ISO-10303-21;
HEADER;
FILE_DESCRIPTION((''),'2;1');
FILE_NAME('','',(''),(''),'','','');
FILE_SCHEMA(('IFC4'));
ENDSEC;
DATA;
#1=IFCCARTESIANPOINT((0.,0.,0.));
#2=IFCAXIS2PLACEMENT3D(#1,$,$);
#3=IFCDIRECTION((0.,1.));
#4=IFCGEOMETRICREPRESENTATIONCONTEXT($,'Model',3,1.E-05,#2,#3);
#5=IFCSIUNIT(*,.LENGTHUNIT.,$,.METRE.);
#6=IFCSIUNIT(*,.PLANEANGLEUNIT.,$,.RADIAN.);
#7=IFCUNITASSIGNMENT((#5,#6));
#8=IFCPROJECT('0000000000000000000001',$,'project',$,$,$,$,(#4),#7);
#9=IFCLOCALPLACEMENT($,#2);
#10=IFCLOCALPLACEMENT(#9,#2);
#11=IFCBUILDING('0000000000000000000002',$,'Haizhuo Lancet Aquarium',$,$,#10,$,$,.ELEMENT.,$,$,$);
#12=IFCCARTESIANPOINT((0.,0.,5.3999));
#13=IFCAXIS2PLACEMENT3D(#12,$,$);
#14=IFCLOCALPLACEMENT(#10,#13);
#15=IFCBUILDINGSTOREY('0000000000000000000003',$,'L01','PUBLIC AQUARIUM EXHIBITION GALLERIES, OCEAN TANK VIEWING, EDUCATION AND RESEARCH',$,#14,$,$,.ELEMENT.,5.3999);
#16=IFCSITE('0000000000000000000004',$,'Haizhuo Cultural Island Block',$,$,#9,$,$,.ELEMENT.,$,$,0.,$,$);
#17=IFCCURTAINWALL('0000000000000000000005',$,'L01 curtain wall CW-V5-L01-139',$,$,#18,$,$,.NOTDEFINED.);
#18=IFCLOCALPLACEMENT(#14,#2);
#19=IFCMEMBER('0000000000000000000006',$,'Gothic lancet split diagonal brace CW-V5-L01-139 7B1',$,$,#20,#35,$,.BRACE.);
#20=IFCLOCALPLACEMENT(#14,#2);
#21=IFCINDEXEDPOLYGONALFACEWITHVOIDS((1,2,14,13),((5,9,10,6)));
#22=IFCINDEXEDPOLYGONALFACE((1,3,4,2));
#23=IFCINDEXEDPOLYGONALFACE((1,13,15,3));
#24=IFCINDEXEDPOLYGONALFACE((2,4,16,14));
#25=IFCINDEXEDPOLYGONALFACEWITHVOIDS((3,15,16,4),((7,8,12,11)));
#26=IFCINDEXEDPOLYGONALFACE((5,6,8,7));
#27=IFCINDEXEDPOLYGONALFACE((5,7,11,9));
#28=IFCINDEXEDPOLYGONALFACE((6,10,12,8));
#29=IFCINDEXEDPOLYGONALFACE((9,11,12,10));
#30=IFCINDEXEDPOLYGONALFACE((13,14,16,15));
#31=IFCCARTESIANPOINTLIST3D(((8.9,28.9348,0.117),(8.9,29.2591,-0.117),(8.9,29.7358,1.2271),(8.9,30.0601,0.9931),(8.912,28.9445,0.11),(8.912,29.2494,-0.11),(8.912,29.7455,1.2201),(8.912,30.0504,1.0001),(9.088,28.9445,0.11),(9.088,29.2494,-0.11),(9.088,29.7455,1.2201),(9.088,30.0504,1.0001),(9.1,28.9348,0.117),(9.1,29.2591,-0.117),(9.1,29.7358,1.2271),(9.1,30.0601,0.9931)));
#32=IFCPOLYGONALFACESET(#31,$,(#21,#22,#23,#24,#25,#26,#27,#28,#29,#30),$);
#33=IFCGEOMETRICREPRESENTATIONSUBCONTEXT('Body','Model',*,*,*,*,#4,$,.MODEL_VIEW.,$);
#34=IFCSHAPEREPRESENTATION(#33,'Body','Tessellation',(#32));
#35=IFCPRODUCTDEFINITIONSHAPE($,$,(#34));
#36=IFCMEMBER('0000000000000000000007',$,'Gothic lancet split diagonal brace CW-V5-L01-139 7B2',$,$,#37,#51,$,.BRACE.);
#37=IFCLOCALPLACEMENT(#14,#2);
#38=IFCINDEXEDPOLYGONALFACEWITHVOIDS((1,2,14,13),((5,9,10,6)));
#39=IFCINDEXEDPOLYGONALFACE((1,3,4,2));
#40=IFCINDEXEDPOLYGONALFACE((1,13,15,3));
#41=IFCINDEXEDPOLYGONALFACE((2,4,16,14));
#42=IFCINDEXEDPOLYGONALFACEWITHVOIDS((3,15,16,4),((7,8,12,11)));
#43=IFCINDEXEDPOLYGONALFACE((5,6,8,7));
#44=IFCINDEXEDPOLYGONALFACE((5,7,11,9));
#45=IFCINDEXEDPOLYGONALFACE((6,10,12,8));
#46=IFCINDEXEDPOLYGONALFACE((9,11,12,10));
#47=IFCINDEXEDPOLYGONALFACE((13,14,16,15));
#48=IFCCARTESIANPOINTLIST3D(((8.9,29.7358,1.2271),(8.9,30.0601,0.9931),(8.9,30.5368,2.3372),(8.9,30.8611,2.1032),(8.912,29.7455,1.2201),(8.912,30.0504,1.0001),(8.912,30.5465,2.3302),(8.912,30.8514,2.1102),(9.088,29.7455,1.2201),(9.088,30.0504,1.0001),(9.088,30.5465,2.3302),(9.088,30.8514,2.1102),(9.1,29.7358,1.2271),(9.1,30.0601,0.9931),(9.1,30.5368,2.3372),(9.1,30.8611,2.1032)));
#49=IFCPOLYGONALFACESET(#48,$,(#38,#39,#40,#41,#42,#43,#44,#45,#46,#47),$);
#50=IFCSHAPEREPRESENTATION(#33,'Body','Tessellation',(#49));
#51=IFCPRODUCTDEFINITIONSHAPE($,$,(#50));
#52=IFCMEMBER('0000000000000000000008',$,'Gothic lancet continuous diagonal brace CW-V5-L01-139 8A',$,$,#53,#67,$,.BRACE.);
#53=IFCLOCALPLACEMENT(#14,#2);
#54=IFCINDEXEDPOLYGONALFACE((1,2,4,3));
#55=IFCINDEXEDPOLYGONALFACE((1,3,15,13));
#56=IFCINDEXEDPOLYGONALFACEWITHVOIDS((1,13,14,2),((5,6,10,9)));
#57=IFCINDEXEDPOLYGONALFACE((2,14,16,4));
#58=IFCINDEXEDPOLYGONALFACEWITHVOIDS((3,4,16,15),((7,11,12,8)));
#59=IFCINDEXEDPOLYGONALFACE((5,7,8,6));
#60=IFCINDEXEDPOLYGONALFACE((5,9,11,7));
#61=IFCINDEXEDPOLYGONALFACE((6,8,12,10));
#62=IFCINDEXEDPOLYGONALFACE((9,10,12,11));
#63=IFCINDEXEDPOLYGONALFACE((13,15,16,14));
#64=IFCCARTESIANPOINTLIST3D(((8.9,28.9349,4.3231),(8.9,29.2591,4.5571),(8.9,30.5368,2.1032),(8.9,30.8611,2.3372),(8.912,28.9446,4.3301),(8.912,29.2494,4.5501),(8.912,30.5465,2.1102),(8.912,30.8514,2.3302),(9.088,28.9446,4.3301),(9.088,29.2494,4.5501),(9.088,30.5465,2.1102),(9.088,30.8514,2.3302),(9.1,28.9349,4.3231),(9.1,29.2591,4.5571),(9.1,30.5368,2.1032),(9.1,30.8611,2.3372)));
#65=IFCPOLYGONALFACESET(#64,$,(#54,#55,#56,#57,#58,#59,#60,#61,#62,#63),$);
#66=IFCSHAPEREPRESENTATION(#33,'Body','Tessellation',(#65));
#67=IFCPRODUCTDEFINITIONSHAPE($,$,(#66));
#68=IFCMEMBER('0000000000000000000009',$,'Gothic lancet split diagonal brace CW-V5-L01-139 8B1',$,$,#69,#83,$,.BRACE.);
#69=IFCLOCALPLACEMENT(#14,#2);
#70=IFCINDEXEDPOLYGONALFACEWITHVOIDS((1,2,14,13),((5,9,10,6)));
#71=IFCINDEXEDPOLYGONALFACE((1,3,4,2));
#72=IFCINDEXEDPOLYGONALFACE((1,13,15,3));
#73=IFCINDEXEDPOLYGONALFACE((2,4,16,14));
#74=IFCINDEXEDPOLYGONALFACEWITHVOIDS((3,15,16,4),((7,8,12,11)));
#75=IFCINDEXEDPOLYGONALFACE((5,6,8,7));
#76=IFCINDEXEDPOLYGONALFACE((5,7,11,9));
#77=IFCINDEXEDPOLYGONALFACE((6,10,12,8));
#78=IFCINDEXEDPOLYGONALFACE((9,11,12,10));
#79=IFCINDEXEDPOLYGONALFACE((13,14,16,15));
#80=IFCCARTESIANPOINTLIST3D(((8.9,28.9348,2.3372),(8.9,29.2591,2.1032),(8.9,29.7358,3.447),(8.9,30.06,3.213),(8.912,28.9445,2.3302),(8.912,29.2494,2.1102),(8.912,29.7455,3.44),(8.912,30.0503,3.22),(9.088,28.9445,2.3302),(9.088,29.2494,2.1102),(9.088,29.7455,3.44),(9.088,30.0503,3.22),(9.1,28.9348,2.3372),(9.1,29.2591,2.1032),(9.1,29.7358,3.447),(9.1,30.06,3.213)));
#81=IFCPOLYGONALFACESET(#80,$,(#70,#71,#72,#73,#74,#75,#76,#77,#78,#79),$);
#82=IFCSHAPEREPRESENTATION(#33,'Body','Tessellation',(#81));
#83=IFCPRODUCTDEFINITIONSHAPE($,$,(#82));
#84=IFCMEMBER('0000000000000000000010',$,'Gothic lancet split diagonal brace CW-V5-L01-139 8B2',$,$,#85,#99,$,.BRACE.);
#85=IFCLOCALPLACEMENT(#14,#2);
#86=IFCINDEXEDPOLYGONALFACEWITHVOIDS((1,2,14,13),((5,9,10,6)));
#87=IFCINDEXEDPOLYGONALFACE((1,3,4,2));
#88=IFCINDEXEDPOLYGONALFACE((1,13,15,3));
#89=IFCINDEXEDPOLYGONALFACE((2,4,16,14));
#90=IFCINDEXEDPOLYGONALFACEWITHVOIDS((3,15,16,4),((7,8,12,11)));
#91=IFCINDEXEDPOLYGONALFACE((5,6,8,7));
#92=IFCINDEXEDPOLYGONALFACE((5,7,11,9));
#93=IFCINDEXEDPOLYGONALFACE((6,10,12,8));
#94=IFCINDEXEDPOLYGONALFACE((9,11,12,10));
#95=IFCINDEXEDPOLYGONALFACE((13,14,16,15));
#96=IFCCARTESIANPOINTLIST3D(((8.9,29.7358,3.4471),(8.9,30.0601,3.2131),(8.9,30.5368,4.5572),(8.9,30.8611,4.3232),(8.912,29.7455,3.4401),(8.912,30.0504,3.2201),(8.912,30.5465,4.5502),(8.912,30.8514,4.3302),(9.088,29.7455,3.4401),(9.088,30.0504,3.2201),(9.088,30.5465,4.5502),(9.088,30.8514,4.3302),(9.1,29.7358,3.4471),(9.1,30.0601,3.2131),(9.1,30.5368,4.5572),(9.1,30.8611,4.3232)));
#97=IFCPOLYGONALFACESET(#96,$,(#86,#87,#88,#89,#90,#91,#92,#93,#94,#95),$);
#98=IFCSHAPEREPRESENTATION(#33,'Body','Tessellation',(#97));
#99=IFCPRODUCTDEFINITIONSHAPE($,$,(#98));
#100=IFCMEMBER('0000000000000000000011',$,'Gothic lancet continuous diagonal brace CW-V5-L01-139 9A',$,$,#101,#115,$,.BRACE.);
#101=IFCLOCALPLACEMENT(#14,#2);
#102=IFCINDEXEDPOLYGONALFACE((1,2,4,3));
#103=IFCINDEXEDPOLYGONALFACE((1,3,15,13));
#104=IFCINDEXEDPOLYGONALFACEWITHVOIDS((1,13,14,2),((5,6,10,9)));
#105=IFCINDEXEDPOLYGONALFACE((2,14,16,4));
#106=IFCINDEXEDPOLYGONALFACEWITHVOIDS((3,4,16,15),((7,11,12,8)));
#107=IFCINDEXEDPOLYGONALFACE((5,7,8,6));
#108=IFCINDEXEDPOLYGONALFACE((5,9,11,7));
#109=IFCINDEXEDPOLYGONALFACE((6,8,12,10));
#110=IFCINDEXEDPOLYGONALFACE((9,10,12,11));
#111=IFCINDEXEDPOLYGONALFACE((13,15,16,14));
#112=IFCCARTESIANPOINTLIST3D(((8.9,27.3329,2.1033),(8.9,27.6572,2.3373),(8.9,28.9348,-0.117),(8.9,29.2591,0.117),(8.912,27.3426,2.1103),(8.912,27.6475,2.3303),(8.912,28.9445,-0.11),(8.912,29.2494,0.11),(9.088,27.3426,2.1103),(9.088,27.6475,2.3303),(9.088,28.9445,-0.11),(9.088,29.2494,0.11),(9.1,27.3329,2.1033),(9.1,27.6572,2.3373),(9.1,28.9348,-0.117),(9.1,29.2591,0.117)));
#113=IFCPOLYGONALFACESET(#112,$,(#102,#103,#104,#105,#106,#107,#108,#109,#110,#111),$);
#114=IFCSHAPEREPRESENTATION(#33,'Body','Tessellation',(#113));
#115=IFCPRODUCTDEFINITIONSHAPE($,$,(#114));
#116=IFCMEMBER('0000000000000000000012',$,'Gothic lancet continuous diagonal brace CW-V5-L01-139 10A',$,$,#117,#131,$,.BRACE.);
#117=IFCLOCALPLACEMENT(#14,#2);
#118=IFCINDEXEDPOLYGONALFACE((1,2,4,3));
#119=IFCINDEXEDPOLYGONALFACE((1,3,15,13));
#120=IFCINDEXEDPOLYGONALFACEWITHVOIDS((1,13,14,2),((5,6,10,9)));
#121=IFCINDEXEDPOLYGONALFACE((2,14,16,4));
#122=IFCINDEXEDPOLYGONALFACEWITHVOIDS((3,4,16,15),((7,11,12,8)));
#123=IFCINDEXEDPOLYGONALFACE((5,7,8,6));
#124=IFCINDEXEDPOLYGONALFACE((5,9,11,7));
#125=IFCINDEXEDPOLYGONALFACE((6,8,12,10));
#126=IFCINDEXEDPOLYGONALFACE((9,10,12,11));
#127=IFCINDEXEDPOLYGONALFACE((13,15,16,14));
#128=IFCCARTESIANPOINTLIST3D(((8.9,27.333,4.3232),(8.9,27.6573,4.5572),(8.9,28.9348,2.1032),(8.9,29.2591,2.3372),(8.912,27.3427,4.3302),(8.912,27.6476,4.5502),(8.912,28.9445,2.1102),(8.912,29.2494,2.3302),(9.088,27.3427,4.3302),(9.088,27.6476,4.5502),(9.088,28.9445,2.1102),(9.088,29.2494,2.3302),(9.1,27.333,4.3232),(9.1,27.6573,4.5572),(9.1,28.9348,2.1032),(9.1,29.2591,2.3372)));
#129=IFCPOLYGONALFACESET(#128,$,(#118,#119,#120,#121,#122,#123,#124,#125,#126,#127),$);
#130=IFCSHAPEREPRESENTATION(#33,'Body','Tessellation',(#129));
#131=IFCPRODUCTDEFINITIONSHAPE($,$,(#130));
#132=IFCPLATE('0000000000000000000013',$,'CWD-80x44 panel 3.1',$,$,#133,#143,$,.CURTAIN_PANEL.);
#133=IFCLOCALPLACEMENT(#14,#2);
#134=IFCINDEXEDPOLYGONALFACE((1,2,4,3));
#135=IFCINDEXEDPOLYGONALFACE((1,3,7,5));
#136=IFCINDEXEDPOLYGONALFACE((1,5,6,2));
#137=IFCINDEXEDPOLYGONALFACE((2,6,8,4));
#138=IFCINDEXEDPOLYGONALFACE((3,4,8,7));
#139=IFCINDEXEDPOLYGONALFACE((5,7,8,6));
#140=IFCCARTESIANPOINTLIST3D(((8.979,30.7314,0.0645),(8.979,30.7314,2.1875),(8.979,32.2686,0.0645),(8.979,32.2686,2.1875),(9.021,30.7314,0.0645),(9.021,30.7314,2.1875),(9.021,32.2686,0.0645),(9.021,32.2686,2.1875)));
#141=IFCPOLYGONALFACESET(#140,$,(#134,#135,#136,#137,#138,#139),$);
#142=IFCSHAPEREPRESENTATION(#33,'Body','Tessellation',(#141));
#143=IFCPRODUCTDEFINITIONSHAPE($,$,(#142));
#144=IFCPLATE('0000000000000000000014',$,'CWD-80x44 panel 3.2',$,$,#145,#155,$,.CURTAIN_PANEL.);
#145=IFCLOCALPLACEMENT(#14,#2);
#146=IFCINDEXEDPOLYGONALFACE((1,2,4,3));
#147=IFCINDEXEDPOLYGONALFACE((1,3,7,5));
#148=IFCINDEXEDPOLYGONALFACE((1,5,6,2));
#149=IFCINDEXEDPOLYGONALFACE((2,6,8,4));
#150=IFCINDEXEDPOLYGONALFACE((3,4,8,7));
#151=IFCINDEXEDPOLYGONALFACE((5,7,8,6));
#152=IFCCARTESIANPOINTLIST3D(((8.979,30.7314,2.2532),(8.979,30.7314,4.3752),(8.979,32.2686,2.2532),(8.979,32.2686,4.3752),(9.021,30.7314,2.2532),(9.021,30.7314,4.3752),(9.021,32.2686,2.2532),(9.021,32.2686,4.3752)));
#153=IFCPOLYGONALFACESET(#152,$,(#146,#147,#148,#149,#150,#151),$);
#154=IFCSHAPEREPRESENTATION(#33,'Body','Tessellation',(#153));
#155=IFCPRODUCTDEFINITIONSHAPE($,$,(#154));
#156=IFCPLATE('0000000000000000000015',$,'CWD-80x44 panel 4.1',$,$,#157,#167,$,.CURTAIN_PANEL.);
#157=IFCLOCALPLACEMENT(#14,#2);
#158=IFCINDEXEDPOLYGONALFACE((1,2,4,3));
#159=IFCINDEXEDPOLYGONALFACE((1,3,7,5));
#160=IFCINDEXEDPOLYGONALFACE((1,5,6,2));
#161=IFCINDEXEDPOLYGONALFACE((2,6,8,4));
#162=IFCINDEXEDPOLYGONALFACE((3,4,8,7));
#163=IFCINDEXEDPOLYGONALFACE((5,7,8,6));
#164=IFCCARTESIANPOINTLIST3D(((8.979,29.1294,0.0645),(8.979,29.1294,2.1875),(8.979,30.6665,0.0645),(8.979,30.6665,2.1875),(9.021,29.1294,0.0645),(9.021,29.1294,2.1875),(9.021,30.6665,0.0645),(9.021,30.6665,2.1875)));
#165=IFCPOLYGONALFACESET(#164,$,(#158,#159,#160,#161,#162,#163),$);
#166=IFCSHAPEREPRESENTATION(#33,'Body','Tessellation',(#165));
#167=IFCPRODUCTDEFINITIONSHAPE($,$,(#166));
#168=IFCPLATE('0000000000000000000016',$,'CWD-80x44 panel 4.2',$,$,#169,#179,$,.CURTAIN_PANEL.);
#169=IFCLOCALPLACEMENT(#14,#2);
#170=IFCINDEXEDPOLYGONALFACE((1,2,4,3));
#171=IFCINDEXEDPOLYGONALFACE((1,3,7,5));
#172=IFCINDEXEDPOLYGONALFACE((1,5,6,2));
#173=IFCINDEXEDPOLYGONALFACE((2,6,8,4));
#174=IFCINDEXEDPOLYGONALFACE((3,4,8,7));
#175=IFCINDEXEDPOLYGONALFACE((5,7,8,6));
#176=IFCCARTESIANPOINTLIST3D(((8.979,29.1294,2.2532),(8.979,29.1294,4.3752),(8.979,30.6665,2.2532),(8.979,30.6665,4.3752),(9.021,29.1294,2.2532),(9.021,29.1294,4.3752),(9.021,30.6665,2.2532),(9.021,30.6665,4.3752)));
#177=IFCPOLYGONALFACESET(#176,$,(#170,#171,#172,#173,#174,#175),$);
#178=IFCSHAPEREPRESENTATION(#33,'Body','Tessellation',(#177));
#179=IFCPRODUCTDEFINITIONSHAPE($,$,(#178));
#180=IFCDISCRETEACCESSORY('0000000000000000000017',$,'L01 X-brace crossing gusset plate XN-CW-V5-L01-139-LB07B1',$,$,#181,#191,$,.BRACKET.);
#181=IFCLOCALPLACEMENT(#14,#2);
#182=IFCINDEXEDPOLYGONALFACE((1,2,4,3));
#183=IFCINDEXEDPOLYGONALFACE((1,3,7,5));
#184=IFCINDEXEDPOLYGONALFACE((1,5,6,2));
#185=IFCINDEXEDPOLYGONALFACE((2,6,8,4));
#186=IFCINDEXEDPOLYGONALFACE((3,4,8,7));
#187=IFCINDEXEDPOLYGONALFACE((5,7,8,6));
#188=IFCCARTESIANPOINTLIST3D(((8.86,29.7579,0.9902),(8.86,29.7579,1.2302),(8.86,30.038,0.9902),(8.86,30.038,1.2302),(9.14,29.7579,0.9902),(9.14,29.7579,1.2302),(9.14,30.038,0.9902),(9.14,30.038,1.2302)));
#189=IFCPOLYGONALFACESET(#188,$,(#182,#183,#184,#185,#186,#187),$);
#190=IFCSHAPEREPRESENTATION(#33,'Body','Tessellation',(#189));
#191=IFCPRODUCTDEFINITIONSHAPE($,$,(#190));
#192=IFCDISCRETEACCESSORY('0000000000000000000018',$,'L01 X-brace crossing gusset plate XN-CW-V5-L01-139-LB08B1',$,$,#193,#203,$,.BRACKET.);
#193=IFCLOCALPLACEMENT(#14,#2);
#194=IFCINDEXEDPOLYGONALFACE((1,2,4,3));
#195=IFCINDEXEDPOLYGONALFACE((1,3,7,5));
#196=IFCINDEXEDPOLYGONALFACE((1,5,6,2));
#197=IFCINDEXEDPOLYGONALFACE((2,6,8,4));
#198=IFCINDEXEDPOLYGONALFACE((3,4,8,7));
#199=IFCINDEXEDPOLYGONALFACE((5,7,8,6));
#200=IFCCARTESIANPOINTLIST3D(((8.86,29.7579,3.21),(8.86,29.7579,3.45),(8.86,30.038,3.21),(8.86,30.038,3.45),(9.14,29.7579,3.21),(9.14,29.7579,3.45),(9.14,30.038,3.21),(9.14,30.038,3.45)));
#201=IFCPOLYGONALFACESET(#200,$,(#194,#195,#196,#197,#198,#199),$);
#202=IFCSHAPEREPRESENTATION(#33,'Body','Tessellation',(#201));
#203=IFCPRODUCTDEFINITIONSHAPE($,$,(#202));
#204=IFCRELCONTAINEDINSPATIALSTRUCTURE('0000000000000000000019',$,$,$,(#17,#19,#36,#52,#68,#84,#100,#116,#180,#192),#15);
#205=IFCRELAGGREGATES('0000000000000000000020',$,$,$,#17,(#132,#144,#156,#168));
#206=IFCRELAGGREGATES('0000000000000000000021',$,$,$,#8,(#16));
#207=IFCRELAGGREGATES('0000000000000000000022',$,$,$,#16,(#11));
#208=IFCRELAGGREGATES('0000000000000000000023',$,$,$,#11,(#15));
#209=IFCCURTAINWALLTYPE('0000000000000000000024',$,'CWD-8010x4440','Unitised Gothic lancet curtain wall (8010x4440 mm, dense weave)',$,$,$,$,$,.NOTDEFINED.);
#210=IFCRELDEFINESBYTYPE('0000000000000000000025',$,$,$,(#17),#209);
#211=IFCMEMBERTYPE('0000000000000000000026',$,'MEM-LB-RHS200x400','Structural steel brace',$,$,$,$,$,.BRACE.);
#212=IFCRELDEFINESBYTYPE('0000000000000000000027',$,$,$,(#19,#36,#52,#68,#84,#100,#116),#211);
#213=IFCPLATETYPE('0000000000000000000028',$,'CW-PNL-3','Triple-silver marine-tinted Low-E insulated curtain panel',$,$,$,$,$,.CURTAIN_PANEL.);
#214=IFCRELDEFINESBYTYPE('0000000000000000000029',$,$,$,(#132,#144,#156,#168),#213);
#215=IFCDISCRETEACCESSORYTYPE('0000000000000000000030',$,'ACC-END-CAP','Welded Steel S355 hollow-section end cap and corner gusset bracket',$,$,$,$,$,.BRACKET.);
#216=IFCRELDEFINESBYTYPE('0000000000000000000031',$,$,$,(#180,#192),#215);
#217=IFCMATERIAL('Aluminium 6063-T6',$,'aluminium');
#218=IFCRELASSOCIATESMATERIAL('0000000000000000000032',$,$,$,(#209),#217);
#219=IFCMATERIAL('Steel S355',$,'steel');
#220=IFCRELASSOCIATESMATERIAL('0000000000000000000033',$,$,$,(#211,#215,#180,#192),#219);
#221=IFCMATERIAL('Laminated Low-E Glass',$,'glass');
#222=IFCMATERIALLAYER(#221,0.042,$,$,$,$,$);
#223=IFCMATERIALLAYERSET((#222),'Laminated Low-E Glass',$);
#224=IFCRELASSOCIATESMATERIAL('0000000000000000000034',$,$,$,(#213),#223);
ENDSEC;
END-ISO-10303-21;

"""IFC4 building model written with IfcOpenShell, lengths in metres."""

from ifc_helpers import new_model, si_unit, direction, frame, origin, origin_2d, place, context, subcontext, project, spatial, rectangle, hollow_rectangle, extrude, material, layer, layer_set, material_profile, profile_set, type_object, element, aggregate, save


model = new_model("IFC4")

# Units and contexts
model_context = context("Model", 3, precision=1e-05, world=origin(), true_north=direction((0.0, 1.0)))
body_context = subcontext(model_context, "Body", "Model", "MODEL_VIEW")
ifc_project = project(units=[si_unit("LENGTHUNIT", "METRE"), si_unit("PLANEANGLEUNIT", "RADIAN")], contexts=[model_context])

# Site, building, storey
site_placement = place(None, origin())
site = spatial("IfcSite", under=ifc_project, at=site_placement, Name="Haizhuo Cultural Island Block", CompositionType="ELEMENT", RefElevation=0.0)
building_placement = place(site_placement, origin())
building = spatial("IfcBuilding", under=site, at=building_placement, Name="Haizhuo Lancet Aquarium", CompositionType="ELEMENT")
storey_placement = place(building_placement, frame((0.0, 0.0, 5.3999)))
storey = spatial("IfcBuildingStorey", under=building, at=storey_placement, Name="L01", Description="PUBLIC AQUARIUM EXHIBITION GALLERIES, OCEAN TANK VIEWING, EDUCATION AND RESEARCH", CompositionType="ELEMENT", Elevation=5.3999)

# Curtain wall
ifc_material_1 = material(Name="Aluminium 6063-T6", Category="aluminium")
curtain_wall_type = type_object("IfcCurtainWallType", Name="CWD-8010x4440", Description="Unitised Gothic lancet curtain wall (8010x4440 mm, dense weave)", PredefinedType="NOTDEFINED", material=ifc_material_1)
curtain_wall_placement = place(storey_placement, origin())
curtain_wall = element("IfcCurtainWall", 1, at=curtain_wall_placement, inside=storey, type_object=curtain_wall_type, Name="L01 curtain wall CW-V5-L01-139", PredefinedType="NOTDEFINED")

# Members
ifc_material_2 = material(Name="Steel S355", Category="steel")
ifc_material_profile_1 = material_profile(ifc_material_2, hollow_rectangle(XDim=0.2, YDim=0.3999, WallThickness=0.012, at=origin_2d()), Name="RHS 200x400x12")
ifc_profile_set_1 = profile_set([ifc_material_profile_1], Name="Steel S355")
member_type_1 = type_object("IfcMemberType", Name="MEM-LB-RHS200x400", Description="Structural steel brace", PredefinedType="BRACE", material=ifc_profile_set_1)
for number, where, z_axis, x_axis, name in (
    (2, (9.0, 29.0969, 0.0), (0.0, 0.585145, 0.810928), (-1.0, 0.0, 0.0), "Gothic lancet split diagonal brace CW-V5-L01-139 7B1"),
    (3, (9.0, 29.8979, 1.1101), (0.0, 0.585145, 0.810928), (-1.0, 0.0, 0.0), "Gothic lancet split diagonal brace CW-V5-L01-139 7B2"),
):
    element("IfcMember", number, at=place(storey_placement, frame(where, z_axis=z_axis, x_axis=x_axis)), inside=storey, type_object=member_type_1, Name=name, PredefinedType="BRACE", context=body_context, shape_type="SweptSolid", body=[
        extrude(hollow_rectangle(XDim=0.2, YDim=0.3999, WallThickness=0.012, at=origin_2d()), origin(), (0.0, 0.0, 1.0), 1.3689),
    ])
member_1_placement = place(storey_placement, frame((9.0, 30.699, 2.2202), z_axis=(0.0, -0.585188, 0.810898), x_axis=(1.0, 0.0, 0.0)))
element("IfcMember", 4, at=member_1_placement, inside=storey, type_object=member_type_1, Name="Gothic lancet continuous diagonal brace CW-V5-L01-139 8A", PredefinedType="BRACE", context=body_context, shape_type="SweptSolid", body=[
    extrude(hollow_rectangle(XDim=0.2, YDim=0.3999, WallThickness=0.012, at=origin_2d()), origin(), (0.0, 0.0, 1.0), 2.7375),
])
member_2_placement = place(storey_placement, frame((9.0, 29.0969, 2.2202), z_axis=(0.0, 0.58523, 0.810867), x_axis=(-1.0, 0.0, 0.0)))
element("IfcMember", 5, at=member_2_placement, inside=storey, type_object=member_type_1, Name="Gothic lancet split diagonal brace CW-V5-L01-139 8B1", PredefinedType="BRACE", context=body_context, shape_type="SweptSolid", body=[
    extrude(hollow_rectangle(XDim=0.2, YDim=0.3999, WallThickness=0.012, at=origin_2d()), origin(), (0.0, 0.0, 1.0), 1.3687),
])
member_3_placement = place(storey_placement, frame((9.0, 29.8979, 3.3301), z_axis=(0.0, 0.585145, 0.810928), x_axis=(-1.0, 0.0, 0.0)))
element("IfcMember", 6, at=member_3_placement, inside=storey, type_object=member_type_1, Name="Gothic lancet split diagonal brace CW-V5-L01-139 8B2", PredefinedType="BRACE", context=body_context, shape_type="SweptSolid", body=[
    extrude(hollow_rectangle(XDim=0.2, YDim=0.3999, WallThickness=0.012, at=origin_2d()), origin(), (0.0, 0.0, 1.0), 1.3689),
])
member_4_placement = place(storey_placement, frame((9.0, 29.0969, 0.0), z_axis=(0.0, -0.585087, 0.810971), x_axis=(1.0, 0.0, 0.0)))
element("IfcMember", 7, at=member_4_placement, inside=storey, type_object=member_type_1, Name="Gothic lancet continuous diagonal brace CW-V5-L01-139 9A", PredefinedType="BRACE", context=body_context, shape_type="SweptSolid", body=[
    extrude(hollow_rectangle(XDim=0.2, YDim=0.3999, WallThickness=0.012, at=origin_2d()), origin(), (0.0, 0.0, 1.0), 2.7378),
])
member_5_placement = place(storey_placement, frame((9.0, 29.0969, 2.2202), z_axis=(0.0, -0.585129, 0.81094), x_axis=(1.0, 0.0, 0.0)))
element("IfcMember", 8, at=member_5_placement, inside=storey, type_object=member_type_1, Name="Gothic lancet continuous diagonal brace CW-V5-L01-139 10A", PredefinedType="BRACE", context=body_context, shape_type="SweptSolid", body=[
    extrude(hollow_rectangle(XDim=0.2, YDim=0.3999, WallThickness=0.012, at=origin_2d()), origin(), (0.0, 0.0, 1.0), 2.7375),
])

# Plates
ifc_material_3 = material(Name="Laminated Low-E Glass", Category="glass")
ifc_layer = layer(ifc_material_3, 0.042)
ifc_layer_set = layer_set([ifc_layer], Name="Laminated Low-E Glass")
plate_type = type_object("IfcPlateType", Name="CW-PNL-3", Description="Triple-silver marine-tinted Low-E insulated curtain panel", PredefinedType="CURTAIN_PANEL", material=ifc_layer_set)
plate_1_placement = place(storey_placement, frame((9.0, 31.5, 0.0645), z_axis=(0.0, 0.0, 1.0), x_axis=(0.0, -1.0, 0.0)))
plate_1 = element("IfcPlate", 9, at=plate_1_placement, type_object=plate_type, Name="CWD-80x44 panel 3.1", PredefinedType="CURTAIN_PANEL", context=body_context, shape_type="SweptSolid", body=[
    extrude(rectangle(XDim=1.5371, YDim=0.042, at=origin_2d()), origin(), (0.0, 0.0, 1.0), 2.123),
])
plate_2_placement = place(storey_placement, frame((9.0, 31.5, 2.2532), z_axis=(0.0, 0.0, 1.0), x_axis=(0.0, -1.0, 0.0)))
plate_2 = element("IfcPlate", 10, at=plate_2_placement, type_object=plate_type, Name="CWD-80x44 panel 3.2", PredefinedType="CURTAIN_PANEL", context=body_context, shape_type="SweptSolid", body=[
    extrude(rectangle(XDim=1.5371, YDim=0.042, at=origin_2d()), origin(), (0.0, 0.0, 1.0), 2.1221),
])
plate_3_placement = place(storey_placement, frame((9.0, 29.8979, 0.0645), z_axis=(0.0, 0.0, 1.0), x_axis=(0.0, -1.0, 0.0)))
plate_3 = element("IfcPlate", 11, at=plate_3_placement, type_object=plate_type, Name="CWD-80x44 panel 4.1", PredefinedType="CURTAIN_PANEL", context=body_context, shape_type="SweptSolid", body=[
    extrude(rectangle(XDim=1.5371, YDim=0.042, at=origin_2d()), origin(), (0.0, 0.0, 1.0), 2.123),
])
plate_4_placement = place(storey_placement, frame((9.0, 29.8979, 2.2532), z_axis=(0.0, 0.0, 1.0), x_axis=(0.0, -1.0, 0.0)))
plate_4 = element("IfcPlate", 12, at=plate_4_placement, type_object=plate_type, Name="CWD-80x44 panel 4.2", PredefinedType="CURTAIN_PANEL", context=body_context, shape_type="SweptSolid", body=[
    extrude(rectangle(XDim=1.5371, YDim=0.042, at=origin_2d()), origin(), (0.0, 0.0, 1.0), 2.1221),
])
aggregate(curtain_wall, [plate_1, plate_2, plate_3, plate_4])

# Discrete accessories
discrete_accessory_type = type_object("IfcDiscreteAccessoryType", Name="ACC-END-CAP", Description="Welded Steel S355 hollow-section end cap and corner gusset bracket", PredefinedType="BRACKET", material=ifc_material_2)
for number, where, z_axis, x_axis, name in (
    (13, (9.0, 29.8979, 0.9902), (0.0, 0.0, 1.0), (1.0, 0.0, 0.0), "L01 X-brace crossing gusset plate XN-CW-V5-L01-139-LB07B1"),
    (14, (9.0, 29.8979, 3.21), (0.0, 0.0, 1.0), (1.0, 0.0, 0.0), "L01 X-brace crossing gusset plate XN-CW-V5-L01-139-LB08B1"),
):
    element("IfcDiscreteAccessory", number, at=place(storey_placement, frame(where, z_axis=z_axis, x_axis=x_axis)), inside=storey, type_object=discrete_accessory_type, material=ifc_material_2, Name=name, PredefinedType="BRACKET", context=body_context, shape_type="SweptSolid", body=[
        extrude(rectangle(XDim=0.28, YDim=0.28, at=origin_2d()), origin(), (0.0, 0.0, 1.0), 0.24),
    ])

save(model, "model.ifc")
